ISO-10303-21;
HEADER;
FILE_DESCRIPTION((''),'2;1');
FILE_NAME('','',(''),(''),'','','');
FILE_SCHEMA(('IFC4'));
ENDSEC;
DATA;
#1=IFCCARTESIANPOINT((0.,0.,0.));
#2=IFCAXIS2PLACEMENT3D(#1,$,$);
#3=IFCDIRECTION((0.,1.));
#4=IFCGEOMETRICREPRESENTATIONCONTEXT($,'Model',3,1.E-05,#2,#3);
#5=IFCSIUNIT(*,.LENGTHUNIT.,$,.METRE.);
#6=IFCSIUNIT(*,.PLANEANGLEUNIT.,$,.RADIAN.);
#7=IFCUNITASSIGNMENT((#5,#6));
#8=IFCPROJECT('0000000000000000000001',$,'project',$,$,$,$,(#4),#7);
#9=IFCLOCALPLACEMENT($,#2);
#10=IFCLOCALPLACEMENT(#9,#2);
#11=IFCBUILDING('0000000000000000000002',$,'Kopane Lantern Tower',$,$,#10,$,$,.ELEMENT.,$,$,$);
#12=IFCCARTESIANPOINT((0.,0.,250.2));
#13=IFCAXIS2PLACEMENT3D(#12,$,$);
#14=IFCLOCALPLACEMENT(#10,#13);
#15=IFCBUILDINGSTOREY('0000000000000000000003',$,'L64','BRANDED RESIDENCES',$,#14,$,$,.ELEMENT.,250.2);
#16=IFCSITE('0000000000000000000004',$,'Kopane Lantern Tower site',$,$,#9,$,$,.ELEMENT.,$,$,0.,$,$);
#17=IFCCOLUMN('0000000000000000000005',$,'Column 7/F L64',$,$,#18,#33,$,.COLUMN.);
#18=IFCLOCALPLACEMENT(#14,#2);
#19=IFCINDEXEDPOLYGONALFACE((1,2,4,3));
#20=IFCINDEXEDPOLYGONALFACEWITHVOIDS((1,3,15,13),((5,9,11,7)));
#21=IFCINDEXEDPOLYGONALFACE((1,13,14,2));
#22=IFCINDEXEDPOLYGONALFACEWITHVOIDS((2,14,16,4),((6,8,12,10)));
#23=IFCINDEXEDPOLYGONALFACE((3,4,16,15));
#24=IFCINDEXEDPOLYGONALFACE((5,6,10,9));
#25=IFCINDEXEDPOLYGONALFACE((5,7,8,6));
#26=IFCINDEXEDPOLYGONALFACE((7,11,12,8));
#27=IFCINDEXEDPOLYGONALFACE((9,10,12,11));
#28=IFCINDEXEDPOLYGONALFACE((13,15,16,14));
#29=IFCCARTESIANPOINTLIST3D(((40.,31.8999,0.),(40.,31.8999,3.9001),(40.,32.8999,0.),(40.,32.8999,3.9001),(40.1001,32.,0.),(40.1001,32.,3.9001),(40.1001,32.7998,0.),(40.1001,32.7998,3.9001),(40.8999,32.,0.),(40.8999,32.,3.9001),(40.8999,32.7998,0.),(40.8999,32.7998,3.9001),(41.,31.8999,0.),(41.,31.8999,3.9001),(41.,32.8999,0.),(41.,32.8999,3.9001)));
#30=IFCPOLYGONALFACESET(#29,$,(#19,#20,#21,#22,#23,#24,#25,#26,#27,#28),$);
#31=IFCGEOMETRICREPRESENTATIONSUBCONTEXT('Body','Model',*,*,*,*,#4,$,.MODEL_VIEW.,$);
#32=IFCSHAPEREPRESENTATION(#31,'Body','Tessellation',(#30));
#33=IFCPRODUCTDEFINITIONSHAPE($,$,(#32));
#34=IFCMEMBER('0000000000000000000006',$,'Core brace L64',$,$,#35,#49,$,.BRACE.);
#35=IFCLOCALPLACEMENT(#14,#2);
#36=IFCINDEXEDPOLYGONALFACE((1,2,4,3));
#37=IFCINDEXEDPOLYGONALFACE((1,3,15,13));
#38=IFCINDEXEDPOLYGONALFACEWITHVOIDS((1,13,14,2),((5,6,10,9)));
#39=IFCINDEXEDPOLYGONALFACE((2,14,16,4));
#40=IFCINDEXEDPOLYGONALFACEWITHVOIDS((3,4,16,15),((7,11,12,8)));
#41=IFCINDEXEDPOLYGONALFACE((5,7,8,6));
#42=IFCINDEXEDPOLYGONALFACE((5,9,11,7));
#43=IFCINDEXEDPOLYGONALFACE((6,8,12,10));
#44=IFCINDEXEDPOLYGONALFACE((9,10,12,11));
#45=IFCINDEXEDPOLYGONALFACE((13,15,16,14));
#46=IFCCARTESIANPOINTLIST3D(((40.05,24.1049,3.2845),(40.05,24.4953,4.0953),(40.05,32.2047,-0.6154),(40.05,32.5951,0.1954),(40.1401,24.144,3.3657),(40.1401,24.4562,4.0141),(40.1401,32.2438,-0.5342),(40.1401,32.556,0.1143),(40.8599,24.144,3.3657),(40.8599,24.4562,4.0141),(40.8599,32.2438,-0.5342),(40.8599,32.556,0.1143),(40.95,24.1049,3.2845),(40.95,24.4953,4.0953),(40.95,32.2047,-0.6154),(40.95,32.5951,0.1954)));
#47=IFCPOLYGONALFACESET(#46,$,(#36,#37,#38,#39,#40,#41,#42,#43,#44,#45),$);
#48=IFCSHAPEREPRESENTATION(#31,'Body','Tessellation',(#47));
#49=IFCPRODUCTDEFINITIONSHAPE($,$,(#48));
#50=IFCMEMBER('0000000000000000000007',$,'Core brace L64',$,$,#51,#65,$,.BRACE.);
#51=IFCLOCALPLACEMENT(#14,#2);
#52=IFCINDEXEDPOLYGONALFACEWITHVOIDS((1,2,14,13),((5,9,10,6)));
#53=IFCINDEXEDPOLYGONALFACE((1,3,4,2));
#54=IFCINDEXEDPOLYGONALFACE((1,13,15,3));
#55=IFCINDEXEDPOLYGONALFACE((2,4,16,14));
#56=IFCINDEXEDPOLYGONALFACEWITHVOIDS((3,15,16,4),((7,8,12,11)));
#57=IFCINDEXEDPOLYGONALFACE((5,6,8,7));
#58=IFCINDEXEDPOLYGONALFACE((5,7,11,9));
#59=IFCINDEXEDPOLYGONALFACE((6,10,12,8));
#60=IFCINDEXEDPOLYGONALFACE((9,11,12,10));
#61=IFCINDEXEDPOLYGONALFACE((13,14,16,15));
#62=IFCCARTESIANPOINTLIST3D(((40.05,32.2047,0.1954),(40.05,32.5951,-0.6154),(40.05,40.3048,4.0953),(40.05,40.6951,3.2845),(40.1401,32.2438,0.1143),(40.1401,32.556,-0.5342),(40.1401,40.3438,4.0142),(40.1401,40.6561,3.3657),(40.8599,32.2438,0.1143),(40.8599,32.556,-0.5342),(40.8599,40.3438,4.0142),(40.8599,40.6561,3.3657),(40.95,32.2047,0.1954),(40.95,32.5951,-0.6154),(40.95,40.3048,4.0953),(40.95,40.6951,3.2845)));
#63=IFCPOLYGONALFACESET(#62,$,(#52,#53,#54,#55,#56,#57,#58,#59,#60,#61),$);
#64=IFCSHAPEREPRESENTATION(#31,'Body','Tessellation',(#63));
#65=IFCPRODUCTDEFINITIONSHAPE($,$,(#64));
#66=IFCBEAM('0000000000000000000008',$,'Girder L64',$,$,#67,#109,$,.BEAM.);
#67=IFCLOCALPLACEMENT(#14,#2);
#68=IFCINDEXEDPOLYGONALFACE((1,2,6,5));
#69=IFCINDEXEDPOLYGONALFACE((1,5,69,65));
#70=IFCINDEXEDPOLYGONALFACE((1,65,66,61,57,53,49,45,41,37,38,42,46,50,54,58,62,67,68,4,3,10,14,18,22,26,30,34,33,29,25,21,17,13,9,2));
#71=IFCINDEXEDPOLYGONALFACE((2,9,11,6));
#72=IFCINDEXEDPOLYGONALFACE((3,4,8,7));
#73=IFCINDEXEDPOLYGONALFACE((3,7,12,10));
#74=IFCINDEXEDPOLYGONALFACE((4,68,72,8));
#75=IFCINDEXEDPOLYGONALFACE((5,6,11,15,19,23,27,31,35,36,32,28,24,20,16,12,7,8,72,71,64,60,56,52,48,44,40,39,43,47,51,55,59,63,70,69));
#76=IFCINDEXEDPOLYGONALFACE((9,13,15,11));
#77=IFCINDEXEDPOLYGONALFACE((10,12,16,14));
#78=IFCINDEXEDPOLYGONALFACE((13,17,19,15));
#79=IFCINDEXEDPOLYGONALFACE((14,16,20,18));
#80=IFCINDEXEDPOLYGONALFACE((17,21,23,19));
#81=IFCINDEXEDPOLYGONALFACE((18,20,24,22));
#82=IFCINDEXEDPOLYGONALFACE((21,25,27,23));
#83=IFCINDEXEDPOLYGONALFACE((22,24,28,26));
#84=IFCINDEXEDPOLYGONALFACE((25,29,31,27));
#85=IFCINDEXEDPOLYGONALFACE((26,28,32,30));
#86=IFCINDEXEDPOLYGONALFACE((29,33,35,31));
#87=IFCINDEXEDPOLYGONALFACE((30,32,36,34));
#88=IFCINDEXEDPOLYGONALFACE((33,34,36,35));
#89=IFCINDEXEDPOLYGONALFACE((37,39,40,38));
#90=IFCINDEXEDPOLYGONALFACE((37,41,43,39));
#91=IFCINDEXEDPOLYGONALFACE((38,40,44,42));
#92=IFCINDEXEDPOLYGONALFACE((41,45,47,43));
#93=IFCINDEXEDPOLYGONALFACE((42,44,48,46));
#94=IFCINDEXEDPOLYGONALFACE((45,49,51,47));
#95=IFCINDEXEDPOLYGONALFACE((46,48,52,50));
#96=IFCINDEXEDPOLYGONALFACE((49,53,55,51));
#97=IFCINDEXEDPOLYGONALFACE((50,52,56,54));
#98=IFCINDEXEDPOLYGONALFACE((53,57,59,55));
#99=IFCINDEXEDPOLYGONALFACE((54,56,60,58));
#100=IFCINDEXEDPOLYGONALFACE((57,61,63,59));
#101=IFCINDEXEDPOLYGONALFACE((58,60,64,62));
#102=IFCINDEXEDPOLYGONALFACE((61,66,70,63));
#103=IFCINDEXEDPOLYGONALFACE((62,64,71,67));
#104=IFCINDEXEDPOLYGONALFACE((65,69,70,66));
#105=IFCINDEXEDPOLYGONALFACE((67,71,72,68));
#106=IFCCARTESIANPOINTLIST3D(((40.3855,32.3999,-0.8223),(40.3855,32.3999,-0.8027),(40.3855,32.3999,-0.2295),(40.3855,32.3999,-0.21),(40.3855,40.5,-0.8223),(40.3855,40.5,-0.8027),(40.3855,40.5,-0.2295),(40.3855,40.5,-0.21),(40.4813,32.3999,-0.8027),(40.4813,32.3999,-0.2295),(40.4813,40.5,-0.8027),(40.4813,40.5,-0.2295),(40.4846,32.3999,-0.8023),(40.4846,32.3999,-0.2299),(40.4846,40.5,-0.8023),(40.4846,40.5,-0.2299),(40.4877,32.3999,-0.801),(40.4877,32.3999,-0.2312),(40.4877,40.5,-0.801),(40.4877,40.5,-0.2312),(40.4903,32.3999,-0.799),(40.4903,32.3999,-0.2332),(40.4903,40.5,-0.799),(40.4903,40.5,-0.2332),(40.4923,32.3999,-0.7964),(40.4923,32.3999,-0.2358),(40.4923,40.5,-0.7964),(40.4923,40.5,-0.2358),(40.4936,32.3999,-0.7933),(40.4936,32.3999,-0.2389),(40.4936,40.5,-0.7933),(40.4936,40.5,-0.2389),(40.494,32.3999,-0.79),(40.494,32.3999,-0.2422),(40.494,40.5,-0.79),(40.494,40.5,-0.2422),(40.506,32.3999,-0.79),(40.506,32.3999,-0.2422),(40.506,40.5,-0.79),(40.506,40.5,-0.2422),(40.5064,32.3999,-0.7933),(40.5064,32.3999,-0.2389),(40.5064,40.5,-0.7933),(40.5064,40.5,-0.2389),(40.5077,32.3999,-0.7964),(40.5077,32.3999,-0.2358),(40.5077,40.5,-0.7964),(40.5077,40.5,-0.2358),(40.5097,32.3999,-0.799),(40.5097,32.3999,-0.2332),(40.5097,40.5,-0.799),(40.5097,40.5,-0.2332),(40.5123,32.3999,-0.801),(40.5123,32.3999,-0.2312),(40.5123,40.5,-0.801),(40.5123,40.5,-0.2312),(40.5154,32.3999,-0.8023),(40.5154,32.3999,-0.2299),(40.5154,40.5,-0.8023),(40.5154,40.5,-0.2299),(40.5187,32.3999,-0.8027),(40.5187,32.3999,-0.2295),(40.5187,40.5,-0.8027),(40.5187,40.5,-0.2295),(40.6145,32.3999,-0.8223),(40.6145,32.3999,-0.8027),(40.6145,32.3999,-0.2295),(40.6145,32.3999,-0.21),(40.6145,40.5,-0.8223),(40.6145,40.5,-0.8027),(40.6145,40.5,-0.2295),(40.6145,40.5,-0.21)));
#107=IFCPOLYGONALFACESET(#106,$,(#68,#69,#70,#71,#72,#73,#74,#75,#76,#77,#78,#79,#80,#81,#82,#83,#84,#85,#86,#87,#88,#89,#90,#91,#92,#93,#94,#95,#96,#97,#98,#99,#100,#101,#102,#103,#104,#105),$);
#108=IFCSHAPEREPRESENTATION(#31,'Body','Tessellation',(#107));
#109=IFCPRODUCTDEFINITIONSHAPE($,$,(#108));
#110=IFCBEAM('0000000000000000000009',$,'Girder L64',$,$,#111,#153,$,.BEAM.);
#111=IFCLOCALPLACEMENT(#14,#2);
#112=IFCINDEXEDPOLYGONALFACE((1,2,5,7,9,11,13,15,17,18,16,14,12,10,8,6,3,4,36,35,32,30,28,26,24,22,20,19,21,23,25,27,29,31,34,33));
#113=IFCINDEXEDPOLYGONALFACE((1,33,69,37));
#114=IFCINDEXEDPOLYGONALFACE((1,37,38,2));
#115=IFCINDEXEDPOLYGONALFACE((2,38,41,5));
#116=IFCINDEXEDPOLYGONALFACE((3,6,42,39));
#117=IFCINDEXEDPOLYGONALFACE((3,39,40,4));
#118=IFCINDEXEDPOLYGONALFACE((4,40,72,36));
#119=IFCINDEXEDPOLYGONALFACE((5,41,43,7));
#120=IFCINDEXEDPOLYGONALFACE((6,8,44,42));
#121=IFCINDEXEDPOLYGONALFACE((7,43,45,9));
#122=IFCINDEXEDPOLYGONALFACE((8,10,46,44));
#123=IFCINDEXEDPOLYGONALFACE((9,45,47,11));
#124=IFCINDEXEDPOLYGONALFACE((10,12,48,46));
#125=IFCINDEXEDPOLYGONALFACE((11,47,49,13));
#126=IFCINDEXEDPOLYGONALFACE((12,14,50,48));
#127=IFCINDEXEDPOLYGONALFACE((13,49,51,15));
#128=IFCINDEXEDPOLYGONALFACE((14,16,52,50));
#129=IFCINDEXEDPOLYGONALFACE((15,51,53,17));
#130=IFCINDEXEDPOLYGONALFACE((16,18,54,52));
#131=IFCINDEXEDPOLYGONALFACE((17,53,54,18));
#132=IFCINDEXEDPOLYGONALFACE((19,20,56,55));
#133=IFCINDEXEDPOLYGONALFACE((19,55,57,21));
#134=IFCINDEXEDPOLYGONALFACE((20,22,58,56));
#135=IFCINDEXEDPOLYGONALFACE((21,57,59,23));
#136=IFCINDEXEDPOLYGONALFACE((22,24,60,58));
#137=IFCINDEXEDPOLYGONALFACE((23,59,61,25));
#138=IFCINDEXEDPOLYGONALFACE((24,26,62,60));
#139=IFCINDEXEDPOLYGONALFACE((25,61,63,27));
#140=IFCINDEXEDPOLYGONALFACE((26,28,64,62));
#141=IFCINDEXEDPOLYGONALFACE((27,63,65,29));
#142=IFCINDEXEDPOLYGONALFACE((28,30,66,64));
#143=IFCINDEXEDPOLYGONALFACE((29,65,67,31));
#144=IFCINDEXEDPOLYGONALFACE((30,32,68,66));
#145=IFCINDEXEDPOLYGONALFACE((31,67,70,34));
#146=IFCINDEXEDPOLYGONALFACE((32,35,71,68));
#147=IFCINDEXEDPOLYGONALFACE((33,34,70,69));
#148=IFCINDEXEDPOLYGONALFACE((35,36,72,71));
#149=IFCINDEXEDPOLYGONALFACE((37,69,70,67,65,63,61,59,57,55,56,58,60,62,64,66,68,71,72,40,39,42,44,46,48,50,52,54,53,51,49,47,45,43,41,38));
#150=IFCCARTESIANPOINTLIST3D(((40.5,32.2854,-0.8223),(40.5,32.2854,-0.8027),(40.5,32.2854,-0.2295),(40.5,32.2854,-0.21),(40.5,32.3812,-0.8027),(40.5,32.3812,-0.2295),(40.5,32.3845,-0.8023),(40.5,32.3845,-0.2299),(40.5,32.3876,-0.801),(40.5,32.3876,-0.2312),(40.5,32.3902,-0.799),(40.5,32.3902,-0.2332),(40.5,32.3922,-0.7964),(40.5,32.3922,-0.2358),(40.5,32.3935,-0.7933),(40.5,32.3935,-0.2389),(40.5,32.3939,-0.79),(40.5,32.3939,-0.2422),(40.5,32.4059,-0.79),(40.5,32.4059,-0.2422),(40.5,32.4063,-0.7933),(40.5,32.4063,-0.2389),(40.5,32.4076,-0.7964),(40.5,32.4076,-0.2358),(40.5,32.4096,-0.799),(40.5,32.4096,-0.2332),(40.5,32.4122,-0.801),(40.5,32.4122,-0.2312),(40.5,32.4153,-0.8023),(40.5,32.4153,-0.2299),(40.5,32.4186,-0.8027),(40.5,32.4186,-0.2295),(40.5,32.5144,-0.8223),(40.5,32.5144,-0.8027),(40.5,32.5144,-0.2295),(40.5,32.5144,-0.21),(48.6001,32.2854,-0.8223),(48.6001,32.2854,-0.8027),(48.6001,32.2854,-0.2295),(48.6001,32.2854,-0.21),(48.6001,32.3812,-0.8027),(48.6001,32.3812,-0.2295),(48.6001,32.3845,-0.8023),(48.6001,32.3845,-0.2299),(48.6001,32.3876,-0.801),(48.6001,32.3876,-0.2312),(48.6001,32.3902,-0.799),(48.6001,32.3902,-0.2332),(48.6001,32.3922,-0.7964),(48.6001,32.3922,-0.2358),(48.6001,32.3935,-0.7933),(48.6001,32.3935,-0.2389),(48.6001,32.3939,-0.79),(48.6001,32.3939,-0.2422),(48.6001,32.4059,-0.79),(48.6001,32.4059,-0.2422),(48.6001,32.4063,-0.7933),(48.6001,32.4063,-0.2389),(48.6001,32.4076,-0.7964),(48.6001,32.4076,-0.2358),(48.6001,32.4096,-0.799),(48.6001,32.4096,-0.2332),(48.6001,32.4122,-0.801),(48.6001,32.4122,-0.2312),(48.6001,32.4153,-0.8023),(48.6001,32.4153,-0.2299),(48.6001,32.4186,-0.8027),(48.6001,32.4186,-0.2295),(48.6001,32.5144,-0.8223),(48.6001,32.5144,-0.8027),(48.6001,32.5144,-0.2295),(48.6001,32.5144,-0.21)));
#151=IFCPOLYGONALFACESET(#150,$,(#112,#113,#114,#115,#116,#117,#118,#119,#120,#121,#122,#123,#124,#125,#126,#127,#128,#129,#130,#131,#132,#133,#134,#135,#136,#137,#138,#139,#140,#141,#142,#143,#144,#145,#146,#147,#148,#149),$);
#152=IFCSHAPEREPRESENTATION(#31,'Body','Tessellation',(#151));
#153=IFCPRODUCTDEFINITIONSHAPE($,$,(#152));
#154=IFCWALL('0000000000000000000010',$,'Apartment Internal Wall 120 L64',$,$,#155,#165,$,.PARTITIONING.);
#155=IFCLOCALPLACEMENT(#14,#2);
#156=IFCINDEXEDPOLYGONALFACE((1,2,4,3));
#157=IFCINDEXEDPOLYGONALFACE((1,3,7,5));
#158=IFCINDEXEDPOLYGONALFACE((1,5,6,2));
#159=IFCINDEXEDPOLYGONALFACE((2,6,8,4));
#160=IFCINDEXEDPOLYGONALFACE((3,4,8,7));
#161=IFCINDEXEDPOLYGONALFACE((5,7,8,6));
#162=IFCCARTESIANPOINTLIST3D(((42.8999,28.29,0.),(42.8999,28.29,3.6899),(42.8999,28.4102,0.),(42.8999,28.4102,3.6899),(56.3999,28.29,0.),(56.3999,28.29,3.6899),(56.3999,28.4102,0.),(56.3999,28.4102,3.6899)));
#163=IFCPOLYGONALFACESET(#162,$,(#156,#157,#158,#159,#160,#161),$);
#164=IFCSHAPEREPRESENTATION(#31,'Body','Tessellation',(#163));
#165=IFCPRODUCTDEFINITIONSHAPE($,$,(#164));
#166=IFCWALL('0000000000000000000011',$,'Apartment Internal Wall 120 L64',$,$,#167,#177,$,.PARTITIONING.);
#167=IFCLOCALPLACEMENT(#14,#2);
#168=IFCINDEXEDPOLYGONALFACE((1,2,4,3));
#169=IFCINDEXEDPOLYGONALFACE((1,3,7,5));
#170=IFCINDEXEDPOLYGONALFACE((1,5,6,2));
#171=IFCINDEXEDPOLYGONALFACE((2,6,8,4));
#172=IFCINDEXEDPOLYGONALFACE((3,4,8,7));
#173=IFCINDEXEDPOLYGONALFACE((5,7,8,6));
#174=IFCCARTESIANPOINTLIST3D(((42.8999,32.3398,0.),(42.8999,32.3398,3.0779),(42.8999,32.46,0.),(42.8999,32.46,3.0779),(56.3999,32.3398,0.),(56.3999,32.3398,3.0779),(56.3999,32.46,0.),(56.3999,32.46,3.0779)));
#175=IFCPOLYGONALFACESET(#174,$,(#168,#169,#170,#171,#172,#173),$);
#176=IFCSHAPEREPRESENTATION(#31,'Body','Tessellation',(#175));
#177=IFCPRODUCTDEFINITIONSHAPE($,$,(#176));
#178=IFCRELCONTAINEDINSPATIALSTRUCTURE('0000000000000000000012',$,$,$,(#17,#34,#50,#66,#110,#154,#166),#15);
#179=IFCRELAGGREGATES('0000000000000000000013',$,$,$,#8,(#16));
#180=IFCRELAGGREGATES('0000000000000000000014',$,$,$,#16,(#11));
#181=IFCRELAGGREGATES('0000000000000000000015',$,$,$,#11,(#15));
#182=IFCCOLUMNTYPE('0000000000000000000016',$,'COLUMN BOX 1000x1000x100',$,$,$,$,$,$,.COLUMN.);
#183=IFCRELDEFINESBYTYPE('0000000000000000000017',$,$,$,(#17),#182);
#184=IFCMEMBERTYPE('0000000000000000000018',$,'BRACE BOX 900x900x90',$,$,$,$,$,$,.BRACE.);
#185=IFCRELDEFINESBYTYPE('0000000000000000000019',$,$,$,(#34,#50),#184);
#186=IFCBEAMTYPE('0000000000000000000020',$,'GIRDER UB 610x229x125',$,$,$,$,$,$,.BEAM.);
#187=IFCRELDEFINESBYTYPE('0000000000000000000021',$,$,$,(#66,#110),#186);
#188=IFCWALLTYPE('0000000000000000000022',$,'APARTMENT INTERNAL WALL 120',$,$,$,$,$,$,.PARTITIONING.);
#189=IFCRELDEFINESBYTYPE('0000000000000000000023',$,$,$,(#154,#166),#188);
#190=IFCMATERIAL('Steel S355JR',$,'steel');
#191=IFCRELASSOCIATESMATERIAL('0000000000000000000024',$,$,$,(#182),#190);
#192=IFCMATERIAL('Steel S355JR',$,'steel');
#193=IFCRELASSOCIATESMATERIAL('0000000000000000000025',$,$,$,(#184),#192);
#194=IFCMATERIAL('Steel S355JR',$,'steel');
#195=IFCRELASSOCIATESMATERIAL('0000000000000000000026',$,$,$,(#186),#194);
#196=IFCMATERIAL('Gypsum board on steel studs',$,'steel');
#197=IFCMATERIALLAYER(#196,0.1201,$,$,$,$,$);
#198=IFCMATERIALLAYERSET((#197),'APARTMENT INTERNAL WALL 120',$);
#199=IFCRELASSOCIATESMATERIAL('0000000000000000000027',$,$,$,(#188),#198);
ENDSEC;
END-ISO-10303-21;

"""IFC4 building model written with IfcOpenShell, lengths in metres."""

from ifc_helpers import new_model, si_unit, direction, frame, frame_2d, origin, origin_2d, place, context, subcontext, project, spatial, rectangle, hollow_rectangle, i_section, extrude, material, layer, layer_set, material_profile, profile_set, type_object, element, save


model = new_model("IFC4")

# Units and contexts
model_context = context("Model", 3, precision=1e-05, world=origin(), true_north=direction((0.0, 1.0)))
body_context = subcontext(model_context, "Body", "Model", "MODEL_VIEW")
ifc_project = project(units=[si_unit("LENGTHUNIT", "METRE"), si_unit("PLANEANGLEUNIT", "RADIAN")], contexts=[model_context])

# Site, building, storey
site_placement = place(None, origin())
site = spatial("IfcSite", under=ifc_project, at=site_placement, Name="Kopane Lantern Tower site", CompositionType="ELEMENT", RefElevation=0.0)
building_placement = place(site_placement, origin())
building = spatial("IfcBuilding", under=site, at=building_placement, Name="Kopane Lantern Tower", CompositionType="ELEMENT")
storey_placement = place(building_placement, frame((0.0, 0.0, 250.2)))
storey = spatial("IfcBuildingStorey", under=building, at=storey_placement, Name="L64", Description="BRANDED RESIDENCES", CompositionType="ELEMENT", Elevation=250.2)

# Column
ifc_material_1 = material(Name="Steel S355JR", Category="steel")
ifc_material_profile_1 = material_profile(ifc_material_1, hollow_rectangle(XDim=1.0, YDim=1.0, WallThickness=0.1001, at=origin_2d()), Name="BOX 1000x1000x100")
ifc_profile_set_1 = profile_set([ifc_material_profile_1], Name="Steel S355JR")
column_type = type_object("IfcColumnType", Name="COLUMN BOX 1000x1000x100", PredefinedType="COLUMN", material=ifc_profile_set_1)
column_placement = place(storey_placement, frame((40.5, 32.3999, 0.0), z_axis=(0.0, 0.0, 1.0), x_axis=(1.0, 0.0, 0.0)))
element("IfcColumn", 1, at=column_placement, inside=storey, type_object=column_type, Name="Column 7/F L64", PredefinedType="COLUMN", context=body_context, shape_type="SweptSolid", body=[
    extrude(hollow_rectangle(XDim=1.0, YDim=1.0, WallThickness=0.1001, at=origin_2d()), origin(), (0.0, 0.0, 1.0), 3.9001),
])

# Members
ifc_material_2 = material(Name="Steel S355JR", Category="steel")
ifc_material_profile_2 = material_profile(ifc_material_2, hollow_rectangle(XDim=0.8999, YDim=0.8999, WallThickness=0.0901, at=origin_2d()), Name="BOX 900x900x90")
ifc_profile_set_2 = profile_set([ifc_material_profile_2], Name="Steel S355JR")
member_type = type_object("IfcMemberType", Name="BRACE BOX 900x900x90", PredefinedType="BRACE", material=ifc_profile_set_2)
member_1_placement = place(storey_placement, frame((40.5, 32.3999, -0.21), z_axis=(0.0, -0.901003, 0.433813), x_axis=(1.0, 0.0, 0.0)))
element("IfcMember", 2, at=member_1_placement, inside=storey, type_object=member_type, Name="Core brace L64", PredefinedType="BRACE", context=body_context, shape_type="SweptSolid", body=[
    extrude(hollow_rectangle(XDim=0.8999, YDim=0.8999, WallThickness=0.0901, at=origin_2d()), origin(), (0.0, 0.0, 1.0), 8.9897),
])
member_2_placement = place(storey_placement, frame((40.5, 32.3999, -0.21), z_axis=(0.0, 0.901008, 0.433803), x_axis=(-1.0, 0.0, 0.0)))
element("IfcMember", 3, at=member_2_placement, inside=storey, type_object=member_type, Name="Core brace L64", PredefinedType="BRACE", context=body_context, shape_type="SweptSolid", body=[
    extrude(hollow_rectangle(XDim=0.8999, YDim=0.8999, WallThickness=0.0901, at=origin_2d()), origin(), (0.0, 0.0, 1.0), 8.99),
])

# Beams
ifc_material_3 = material(Name="Steel S355JR", Category="steel")
ifc_material_profile_3 = material_profile(ifc_material_3, i_section(OverallWidth=0.229, OverallDepth=0.6123, WebThickness=0.012, FlangeThickness=0.0195, FilletRadius=0.0127, at=origin_2d()), Name="UB 610x229x125")
ifc_profile_set_3 = profile_set([ifc_material_profile_3], Name="Steel S355JR")
beam_type = type_object("IfcBeamType", Name="GIRDER UB 610x229x125", PredefinedType="BEAM", material=ifc_profile_set_3)
for number, where, z_axis, x_axis, name in (
    (4, (40.5, 32.3999, -0.5161), (0.0, 1.0, 0.0), (-1.0, 0.0, 0.0), "Girder L64"),
    (5, (40.5, 32.3999, -0.5161), (1.0, 0.0, 0.0), (0.0, 1.0, 0.0), "Girder L64"),
):
    element("IfcBeam", number, at=place(storey_placement, frame(where, z_axis=z_axis, x_axis=x_axis)), inside=storey, type_object=beam_type, Name=name, PredefinedType="BEAM", context=body_context, shape_type="SweptSolid", body=[
        extrude(i_section(OverallWidth=0.229, OverallDepth=0.6123, WebThickness=0.012, FlangeThickness=0.0195, FilletRadius=0.0127, at=origin_2d()), origin(), (0.0, 0.0, 1.0), 8.1001),
    ])

# Walls
ifc_material_4 = material(Name="Gypsum board on steel studs", Category="steel")
ifc_layer_1 = layer(ifc_material_4, 0.1201)
ifc_layer_set_1 = layer_set([ifc_layer_1], Name="APARTMENT INTERNAL WALL 120")
wall_type_1 = type_object("IfcWallType", Name="APARTMENT INTERNAL WALL 120", PredefinedType="PARTITIONING", material=ifc_layer_set_1)
wall_1_placement = place(storey_placement, frame((42.8999, 28.3501, 0.0), z_axis=(0.0, 0.0, 1.0), x_axis=(1.0, 0.0, 0.0)))
element("IfcWall", 6, at=wall_1_placement, inside=storey, type_object=wall_type_1, Name="Apartment Internal Wall 120 L64", PredefinedType="PARTITIONING", context=body_context, shape_type="SweptSolid", body=[
    extrude(rectangle(XDim=13.5, YDim=0.1201, at=frame_2d((6.75, 0.0))), origin(), (0.0, 0.0, 1.0), 3.6899),
])
wall_2_placement = place(storey_placement, frame((42.8999, 32.3999, 0.0), z_axis=(0.0, 0.0, 1.0), x_axis=(1.0, 0.0, 0.0)))
element("IfcWall", 7, at=wall_2_placement, inside=storey, type_object=wall_type_1, Name="Apartment Internal Wall 120 L64", PredefinedType="PARTITIONING", context=body_context, shape_type="SweptSolid", body=[
    extrude(rectangle(XDim=13.5, YDim=0.1201, at=frame_2d((6.75, 0.0))), origin(), (0.0, 0.0, 1.0), 3.0779),
])

save(model, "model.ifc")
